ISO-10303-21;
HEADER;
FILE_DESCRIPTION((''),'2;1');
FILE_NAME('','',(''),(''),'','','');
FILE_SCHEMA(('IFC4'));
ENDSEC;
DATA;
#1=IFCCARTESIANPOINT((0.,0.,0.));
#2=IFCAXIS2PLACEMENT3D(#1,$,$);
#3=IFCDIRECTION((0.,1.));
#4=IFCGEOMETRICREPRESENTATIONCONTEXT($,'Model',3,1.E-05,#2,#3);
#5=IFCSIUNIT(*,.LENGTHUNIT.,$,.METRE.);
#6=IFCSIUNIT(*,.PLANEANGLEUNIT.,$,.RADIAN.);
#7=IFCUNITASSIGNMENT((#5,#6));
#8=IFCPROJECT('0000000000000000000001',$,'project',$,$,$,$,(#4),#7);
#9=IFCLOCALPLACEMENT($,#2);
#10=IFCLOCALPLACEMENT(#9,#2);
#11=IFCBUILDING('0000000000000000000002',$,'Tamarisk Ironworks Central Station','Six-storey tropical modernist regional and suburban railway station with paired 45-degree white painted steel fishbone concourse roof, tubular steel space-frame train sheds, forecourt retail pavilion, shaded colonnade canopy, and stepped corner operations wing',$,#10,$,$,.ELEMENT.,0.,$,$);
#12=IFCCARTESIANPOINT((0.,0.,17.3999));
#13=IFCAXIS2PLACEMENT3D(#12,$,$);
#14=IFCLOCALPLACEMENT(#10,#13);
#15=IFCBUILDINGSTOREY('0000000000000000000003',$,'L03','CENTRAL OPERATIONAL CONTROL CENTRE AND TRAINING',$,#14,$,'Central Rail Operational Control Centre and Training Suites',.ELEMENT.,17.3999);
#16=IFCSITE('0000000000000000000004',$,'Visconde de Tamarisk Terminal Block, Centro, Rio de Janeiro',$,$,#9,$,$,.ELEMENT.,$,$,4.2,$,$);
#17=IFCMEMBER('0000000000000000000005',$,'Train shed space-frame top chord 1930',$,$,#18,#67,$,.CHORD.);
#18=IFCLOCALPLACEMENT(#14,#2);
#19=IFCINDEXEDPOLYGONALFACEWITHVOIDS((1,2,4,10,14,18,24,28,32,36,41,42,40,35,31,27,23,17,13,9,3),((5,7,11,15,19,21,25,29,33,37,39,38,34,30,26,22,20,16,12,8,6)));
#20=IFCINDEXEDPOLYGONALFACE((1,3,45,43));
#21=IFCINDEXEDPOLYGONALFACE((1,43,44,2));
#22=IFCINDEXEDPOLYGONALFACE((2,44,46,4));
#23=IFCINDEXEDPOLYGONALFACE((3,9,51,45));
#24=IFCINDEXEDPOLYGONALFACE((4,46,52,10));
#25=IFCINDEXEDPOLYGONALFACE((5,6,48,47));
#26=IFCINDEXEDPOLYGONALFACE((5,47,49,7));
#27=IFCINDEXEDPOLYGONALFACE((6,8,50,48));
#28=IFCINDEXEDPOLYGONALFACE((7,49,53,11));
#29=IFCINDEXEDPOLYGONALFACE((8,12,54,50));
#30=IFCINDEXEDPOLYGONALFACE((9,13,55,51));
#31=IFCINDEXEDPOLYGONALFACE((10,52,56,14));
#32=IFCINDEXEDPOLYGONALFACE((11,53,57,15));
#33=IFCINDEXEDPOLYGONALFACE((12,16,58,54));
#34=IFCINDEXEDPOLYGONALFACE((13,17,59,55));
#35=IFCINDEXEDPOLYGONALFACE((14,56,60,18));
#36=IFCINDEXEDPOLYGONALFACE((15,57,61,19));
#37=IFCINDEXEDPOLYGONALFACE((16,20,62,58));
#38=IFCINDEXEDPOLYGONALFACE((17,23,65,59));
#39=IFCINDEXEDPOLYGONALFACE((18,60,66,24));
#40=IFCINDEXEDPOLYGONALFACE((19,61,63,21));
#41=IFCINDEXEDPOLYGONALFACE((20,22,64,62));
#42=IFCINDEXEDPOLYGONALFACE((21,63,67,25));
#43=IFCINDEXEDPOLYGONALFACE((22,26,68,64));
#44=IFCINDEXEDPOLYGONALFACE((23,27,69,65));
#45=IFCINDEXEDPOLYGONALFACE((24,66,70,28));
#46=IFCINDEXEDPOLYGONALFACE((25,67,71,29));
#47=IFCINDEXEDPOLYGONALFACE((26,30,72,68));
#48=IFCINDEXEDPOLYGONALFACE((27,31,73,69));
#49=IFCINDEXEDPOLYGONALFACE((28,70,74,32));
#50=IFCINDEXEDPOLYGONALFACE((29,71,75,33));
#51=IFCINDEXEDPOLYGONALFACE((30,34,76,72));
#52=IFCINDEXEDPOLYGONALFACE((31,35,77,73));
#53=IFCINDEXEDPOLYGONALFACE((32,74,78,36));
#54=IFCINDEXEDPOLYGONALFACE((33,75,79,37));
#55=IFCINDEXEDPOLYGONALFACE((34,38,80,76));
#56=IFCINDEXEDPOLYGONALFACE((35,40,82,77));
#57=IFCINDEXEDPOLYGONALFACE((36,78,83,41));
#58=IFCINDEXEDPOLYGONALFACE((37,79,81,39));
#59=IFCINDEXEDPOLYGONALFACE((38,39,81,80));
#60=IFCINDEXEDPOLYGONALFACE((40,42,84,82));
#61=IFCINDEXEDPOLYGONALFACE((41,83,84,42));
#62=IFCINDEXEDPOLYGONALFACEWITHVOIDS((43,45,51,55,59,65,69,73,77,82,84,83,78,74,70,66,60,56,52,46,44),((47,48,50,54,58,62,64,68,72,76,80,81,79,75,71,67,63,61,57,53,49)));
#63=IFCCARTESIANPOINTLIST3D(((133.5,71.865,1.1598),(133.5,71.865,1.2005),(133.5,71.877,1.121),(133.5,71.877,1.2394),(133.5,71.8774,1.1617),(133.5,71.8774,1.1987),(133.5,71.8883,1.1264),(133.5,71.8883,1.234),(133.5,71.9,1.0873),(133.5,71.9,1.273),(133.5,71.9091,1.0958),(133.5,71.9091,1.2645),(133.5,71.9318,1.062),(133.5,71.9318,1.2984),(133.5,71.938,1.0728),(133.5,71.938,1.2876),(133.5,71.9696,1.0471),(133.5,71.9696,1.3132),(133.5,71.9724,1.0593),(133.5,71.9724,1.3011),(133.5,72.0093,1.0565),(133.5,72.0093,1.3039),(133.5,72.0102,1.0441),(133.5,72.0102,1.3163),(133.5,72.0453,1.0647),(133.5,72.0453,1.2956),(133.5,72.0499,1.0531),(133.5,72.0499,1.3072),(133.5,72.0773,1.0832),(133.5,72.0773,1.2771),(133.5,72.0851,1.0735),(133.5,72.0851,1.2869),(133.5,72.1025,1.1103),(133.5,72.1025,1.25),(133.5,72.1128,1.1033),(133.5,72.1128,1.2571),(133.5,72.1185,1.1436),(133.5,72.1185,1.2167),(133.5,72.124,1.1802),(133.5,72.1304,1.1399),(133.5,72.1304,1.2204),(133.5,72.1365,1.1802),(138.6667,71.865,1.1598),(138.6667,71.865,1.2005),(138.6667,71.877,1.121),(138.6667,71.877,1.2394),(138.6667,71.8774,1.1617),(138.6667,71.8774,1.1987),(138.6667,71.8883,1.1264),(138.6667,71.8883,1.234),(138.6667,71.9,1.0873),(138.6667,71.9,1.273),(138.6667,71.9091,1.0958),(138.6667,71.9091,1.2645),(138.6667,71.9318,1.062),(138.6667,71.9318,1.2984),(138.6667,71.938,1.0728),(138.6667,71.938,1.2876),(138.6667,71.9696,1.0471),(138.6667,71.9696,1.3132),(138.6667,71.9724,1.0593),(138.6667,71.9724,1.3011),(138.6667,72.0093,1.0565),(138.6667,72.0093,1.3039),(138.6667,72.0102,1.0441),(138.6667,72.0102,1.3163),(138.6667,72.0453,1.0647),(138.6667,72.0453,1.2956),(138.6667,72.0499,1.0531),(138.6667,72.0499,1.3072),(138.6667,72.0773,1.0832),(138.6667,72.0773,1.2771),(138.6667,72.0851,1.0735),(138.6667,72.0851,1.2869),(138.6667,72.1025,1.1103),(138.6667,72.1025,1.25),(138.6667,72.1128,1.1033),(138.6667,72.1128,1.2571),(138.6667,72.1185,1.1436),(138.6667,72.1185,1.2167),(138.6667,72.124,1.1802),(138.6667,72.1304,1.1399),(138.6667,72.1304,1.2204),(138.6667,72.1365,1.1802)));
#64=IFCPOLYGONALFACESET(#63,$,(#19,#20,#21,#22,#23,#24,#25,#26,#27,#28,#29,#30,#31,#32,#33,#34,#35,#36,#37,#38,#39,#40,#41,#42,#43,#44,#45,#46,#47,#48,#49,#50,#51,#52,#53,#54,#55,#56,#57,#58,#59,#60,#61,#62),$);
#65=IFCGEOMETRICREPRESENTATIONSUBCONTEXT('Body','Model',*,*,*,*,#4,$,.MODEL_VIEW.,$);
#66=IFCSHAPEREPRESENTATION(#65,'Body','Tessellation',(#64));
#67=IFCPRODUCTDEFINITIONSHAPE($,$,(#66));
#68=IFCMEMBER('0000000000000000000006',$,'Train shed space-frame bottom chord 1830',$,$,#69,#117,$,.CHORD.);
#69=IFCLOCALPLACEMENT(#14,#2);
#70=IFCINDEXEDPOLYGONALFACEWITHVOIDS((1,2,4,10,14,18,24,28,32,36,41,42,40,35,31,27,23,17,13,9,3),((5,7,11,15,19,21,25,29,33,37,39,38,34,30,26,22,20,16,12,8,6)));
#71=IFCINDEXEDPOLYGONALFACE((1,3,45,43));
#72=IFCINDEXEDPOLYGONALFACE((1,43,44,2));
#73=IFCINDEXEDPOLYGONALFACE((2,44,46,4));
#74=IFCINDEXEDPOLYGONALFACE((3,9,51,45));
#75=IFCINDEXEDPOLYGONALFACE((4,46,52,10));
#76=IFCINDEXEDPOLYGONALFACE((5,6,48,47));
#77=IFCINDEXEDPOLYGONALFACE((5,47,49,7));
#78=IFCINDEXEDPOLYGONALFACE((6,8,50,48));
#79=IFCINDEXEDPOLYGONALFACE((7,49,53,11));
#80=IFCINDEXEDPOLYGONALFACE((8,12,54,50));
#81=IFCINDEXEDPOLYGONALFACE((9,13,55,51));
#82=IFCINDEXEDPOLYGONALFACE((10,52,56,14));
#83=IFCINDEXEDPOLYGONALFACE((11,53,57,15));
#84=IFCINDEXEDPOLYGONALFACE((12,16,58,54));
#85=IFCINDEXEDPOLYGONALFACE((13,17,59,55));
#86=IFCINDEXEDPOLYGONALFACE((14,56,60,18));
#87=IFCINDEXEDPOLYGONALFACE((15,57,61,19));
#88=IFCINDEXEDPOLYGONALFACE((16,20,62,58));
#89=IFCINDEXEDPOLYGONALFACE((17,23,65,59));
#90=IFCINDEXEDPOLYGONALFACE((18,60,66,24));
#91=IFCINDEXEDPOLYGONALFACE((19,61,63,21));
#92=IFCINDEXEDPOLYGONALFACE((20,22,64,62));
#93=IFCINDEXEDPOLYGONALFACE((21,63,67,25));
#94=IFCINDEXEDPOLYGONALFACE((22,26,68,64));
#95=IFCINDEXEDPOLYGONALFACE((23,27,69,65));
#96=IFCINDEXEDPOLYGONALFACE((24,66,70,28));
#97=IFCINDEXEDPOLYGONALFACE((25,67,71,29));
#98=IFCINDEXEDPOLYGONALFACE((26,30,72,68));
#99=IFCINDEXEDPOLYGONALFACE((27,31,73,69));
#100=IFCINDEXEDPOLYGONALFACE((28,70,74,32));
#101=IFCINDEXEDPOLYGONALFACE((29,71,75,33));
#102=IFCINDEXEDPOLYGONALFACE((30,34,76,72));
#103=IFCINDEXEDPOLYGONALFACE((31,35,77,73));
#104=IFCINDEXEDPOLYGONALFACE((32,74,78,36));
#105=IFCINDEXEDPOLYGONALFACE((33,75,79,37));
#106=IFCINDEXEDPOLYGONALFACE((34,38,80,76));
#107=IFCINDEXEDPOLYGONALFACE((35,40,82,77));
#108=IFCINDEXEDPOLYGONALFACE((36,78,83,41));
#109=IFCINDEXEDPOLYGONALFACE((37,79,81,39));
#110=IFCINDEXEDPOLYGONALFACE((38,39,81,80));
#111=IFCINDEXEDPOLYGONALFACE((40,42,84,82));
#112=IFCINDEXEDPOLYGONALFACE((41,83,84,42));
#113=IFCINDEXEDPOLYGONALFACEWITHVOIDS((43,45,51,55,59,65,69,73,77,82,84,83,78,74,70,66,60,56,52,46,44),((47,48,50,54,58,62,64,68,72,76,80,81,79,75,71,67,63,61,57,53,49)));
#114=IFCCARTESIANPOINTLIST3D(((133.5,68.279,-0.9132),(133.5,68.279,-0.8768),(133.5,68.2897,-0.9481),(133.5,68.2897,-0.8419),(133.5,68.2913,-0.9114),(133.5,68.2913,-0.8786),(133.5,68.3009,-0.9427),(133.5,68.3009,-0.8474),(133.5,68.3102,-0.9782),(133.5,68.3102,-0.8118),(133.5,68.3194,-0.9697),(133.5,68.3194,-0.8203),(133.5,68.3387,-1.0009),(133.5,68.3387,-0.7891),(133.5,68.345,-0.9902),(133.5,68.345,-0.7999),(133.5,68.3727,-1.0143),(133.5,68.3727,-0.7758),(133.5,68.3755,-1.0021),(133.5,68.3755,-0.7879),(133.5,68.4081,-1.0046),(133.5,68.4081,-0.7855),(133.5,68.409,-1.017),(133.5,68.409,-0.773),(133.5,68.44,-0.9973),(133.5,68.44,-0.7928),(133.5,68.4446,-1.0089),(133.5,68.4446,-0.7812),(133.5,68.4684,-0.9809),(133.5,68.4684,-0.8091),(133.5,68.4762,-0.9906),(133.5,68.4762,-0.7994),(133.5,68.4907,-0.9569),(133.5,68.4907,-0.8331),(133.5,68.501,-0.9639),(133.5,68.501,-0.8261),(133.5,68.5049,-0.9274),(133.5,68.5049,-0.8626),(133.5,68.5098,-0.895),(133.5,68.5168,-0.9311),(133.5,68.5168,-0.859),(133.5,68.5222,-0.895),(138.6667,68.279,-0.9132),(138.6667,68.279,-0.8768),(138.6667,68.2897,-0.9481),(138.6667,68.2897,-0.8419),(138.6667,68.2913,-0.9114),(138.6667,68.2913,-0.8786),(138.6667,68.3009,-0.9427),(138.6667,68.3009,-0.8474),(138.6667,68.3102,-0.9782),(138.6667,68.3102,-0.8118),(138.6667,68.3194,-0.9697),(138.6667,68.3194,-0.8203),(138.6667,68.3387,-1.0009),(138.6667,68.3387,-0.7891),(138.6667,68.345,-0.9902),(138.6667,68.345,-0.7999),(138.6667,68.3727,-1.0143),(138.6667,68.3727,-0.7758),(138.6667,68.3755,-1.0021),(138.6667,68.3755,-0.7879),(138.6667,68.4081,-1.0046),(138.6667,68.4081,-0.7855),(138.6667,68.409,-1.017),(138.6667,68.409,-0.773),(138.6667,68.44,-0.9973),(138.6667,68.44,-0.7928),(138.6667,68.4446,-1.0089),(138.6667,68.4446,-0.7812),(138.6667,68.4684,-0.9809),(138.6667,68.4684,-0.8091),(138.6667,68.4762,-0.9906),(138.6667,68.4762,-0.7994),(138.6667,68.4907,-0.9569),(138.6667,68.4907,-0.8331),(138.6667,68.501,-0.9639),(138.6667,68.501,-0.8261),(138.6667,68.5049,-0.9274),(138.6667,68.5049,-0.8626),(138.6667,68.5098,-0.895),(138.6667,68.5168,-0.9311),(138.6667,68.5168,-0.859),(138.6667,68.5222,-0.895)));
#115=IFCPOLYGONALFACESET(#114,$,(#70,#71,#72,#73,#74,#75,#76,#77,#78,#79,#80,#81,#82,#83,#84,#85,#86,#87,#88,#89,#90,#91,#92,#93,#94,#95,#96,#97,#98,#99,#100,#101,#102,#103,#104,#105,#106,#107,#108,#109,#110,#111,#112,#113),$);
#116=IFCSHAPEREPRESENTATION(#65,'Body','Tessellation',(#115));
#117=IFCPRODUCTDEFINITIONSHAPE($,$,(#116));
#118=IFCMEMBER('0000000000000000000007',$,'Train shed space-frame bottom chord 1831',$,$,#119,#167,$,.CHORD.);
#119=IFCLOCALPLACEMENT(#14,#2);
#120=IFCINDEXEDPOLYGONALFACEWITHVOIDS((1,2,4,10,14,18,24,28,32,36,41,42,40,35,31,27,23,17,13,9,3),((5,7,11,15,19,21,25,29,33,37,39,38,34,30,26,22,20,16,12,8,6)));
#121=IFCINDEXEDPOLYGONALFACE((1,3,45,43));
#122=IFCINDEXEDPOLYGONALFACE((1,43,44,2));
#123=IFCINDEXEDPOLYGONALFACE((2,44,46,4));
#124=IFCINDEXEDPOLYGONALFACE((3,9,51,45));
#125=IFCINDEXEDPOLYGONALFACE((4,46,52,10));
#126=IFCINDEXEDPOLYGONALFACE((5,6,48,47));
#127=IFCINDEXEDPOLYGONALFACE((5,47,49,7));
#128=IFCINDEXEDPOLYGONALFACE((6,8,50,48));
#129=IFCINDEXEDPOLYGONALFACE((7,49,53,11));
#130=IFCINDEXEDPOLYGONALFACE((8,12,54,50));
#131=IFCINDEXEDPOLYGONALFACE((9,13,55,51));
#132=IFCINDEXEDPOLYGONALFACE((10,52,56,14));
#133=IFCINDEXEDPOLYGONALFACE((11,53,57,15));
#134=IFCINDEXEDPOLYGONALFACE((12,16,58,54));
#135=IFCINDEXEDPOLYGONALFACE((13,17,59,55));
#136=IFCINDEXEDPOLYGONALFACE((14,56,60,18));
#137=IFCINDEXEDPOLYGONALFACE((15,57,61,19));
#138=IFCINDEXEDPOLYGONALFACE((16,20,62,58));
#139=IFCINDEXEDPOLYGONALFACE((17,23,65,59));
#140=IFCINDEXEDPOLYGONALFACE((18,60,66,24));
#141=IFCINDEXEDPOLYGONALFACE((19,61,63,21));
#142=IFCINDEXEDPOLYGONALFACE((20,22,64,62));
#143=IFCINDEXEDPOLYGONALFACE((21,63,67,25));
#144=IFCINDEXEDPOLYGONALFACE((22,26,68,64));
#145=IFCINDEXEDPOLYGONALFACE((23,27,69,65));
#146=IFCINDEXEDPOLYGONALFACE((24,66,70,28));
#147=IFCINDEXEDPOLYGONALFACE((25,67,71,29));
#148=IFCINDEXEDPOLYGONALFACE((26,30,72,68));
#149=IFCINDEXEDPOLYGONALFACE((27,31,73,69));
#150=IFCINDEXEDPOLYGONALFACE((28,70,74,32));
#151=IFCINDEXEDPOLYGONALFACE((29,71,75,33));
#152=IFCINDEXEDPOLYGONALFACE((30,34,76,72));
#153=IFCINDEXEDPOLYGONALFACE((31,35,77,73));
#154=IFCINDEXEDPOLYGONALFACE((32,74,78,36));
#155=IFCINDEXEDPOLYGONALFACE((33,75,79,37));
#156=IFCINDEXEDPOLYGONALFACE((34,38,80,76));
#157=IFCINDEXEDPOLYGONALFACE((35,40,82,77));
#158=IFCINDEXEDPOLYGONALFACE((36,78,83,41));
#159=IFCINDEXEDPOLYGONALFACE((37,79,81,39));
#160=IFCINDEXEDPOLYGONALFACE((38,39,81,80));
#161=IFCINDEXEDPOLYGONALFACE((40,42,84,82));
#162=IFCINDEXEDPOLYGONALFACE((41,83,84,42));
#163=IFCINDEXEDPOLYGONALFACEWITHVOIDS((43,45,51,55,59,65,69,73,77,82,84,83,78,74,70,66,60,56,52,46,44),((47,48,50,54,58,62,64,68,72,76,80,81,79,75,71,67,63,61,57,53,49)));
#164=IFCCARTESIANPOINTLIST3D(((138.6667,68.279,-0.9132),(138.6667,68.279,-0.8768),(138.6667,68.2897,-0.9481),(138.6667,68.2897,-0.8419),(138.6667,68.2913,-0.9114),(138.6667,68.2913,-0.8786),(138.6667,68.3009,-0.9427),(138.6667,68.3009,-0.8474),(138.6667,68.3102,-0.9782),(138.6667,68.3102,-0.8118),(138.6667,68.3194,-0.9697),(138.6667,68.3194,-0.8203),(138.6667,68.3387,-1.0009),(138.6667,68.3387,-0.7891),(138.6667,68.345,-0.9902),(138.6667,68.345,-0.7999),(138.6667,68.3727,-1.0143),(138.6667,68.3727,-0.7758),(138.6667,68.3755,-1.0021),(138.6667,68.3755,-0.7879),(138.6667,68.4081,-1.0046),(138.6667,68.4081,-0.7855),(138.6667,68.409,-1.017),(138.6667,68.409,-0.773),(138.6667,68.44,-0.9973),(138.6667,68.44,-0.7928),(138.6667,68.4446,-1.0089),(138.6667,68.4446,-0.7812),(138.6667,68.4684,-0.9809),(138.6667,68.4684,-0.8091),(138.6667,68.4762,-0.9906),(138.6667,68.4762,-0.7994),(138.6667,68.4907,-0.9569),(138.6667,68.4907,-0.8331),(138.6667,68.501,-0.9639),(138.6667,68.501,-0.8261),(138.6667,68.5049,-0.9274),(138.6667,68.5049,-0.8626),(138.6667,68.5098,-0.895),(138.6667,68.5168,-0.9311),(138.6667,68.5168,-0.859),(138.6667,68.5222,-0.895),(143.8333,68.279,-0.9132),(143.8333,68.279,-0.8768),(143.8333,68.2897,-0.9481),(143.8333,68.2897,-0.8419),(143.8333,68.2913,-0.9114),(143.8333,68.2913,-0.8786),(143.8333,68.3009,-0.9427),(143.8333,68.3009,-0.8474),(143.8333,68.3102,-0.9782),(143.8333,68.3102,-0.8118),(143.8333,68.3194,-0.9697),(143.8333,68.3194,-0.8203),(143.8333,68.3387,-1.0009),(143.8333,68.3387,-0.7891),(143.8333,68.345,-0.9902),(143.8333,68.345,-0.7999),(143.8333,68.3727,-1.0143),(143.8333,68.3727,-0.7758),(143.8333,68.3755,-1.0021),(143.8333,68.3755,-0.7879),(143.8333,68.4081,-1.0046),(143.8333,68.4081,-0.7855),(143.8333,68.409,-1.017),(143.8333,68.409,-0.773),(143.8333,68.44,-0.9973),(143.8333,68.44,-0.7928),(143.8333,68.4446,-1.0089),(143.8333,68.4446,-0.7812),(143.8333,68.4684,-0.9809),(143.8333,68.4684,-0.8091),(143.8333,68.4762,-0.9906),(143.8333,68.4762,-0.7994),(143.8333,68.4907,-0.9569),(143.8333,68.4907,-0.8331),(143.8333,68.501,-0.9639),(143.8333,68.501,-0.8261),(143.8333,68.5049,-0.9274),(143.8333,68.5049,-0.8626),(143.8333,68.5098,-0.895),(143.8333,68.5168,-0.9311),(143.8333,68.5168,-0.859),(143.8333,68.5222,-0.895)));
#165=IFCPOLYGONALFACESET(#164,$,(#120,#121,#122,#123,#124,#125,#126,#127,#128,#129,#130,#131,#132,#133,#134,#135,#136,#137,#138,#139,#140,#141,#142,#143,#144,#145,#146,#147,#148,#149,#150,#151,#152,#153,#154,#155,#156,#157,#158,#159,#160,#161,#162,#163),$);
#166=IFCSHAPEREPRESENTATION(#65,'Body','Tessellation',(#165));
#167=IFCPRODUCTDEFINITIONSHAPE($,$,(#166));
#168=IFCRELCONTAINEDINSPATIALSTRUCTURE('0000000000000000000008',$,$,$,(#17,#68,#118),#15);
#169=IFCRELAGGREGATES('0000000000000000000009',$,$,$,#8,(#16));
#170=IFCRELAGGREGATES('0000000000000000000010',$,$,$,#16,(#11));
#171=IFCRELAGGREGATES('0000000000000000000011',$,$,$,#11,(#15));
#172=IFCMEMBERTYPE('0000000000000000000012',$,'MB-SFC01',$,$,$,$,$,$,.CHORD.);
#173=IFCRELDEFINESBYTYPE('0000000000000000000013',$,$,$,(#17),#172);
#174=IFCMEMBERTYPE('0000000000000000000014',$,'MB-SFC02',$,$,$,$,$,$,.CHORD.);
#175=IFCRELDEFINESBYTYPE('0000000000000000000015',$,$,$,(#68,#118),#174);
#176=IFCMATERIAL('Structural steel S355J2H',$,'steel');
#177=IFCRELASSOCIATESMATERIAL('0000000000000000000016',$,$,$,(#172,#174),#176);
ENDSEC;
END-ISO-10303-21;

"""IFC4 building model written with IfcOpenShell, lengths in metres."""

from ifc_helpers import new_model, si_unit, direction, frame, origin, origin_2d, place, context, subcontext, project, spatial, hollow_circle, extrude, material, material_profile, profile_set, type_object, element, save


model = new_model("IFC4")

# Units and contexts
model_context = context("Model", 3, precision=1e-05, world=origin(), true_north=direction((0.0, 1.0)))
body_context = subcontext(model_context, "Body", "Model", "MODEL_VIEW")
ifc_project = project(units=[si_unit("LENGTHUNIT", "METRE"), si_unit("PLANEANGLEUNIT", "RADIAN")], contexts=[model_context])

# Site, building, storey
site_placement = place(None, origin())
site = spatial("IfcSite", under=ifc_project, at=site_placement, Name="Visconde de Tamarisk Terminal Block, Centro, Rio de Janeiro", CompositionType="ELEMENT", RefElevation=4.2)
building_placement = place(site_placement, origin())
building = spatial("IfcBuilding", under=site, at=building_placement, Name="Tamarisk Ironworks Central Station", Description="Six-storey tropical modernist regional and suburban railway station with paired 45-degree white painted steel fishbone concourse roof, tubular steel space-frame train sheds, forecourt retail pavilion, shaded colonnade canopy, and stepped corner operations wing", CompositionType="ELEMENT", ElevationOfRefHeight=0.0)
storey_placement = place(building_placement, frame((0.0, 0.0, 17.3999)))
storey = spatial("IfcBuildingStorey", under=building, at=storey_placement, Name="L03", Description="CENTRAL OPERATIONAL CONTROL CENTRE AND TRAINING", LongName="Central Rail Operational Control Centre and Training Suites", CompositionType="ELEMENT", Elevation=17.3999)

# Members
ifc_material = material(Name="Structural steel S355J2H", Category="steel")
ifc_material_profile_1 = material_profile(ifc_material, hollow_circle(Radius=0.1365, WallThickness=0.0125, at=origin_2d()), Name="CHS 273x12.5")
ifc_profile_set_1 = profile_set([ifc_material_profile_1], Name="Structural steel S355J2H")
member_type_1 = type_object("IfcMemberType", Name="MB-SFC01", PredefinedType="CHORD", material=ifc_profile_set_1)
member_1_placement = place(storey_placement, frame((133.5, 72.0, 1.1802), z_axis=(1.0, 0.0, 0.0), x_axis=(0.0, 1.0, 0.0)))
element("IfcMember", 1, at=member_1_placement, inside=storey, type_object=member_type_1, Name="Train shed space-frame top chord 1930", PredefinedType="CHORD", context=body_context, shape_type="SweptSolid", body=[
    extrude(hollow_circle(Radius=0.1365, WallThickness=0.0125, at=origin_2d()), origin(), (0.0, 0.0, 1.0), 5.1667),
])
ifc_material_profile_2 = material_profile(ifc_material, hollow_circle(Radius=0.1223, WallThickness=0.0125, at=origin_2d()), Name="CHS 244.5x12.5")
ifc_profile_set_2 = profile_set([ifc_material_profile_2], Name="Structural steel S355J2H")
member_type_2 = type_object("IfcMemberType", Name="MB-SFC02", PredefinedType="CHORD", material=ifc_profile_set_2)
member_2_placement = place(storey_placement, frame((133.5, 68.3999, -0.895), z_axis=(1.0, 0.0, 0.0), x_axis=(0.0, 1.0, 0.0)))
element("IfcMember", 2, at=member_2_placement, inside=storey, type_object=member_type_2, Name="Train shed space-frame bottom chord 1830", PredefinedType="CHORD", context=body_context, shape_type="SweptSolid", body=[
    extrude(hollow_circle(Radius=0.1223, WallThickness=0.0125, at=origin_2d()), origin(), (0.0, 0.0, 1.0), 5.1667),
])
member_3_placement = place(storey_placement, frame((138.6667, 68.3999, -0.895), z_axis=(1.0, 0.0, 0.0), x_axis=(0.0, 1.0, 0.0)))
element("IfcMember", 3, at=member_3_placement, inside=storey, type_object=member_type_2, Name="Train shed space-frame bottom chord 1831", PredefinedType="CHORD", context=body_context, shape_type="SweptSolid", body=[
    extrude(hollow_circle(Radius=0.1223, WallThickness=0.0125, at=origin_2d()), origin(), (0.0, 0.0, 1.0), 5.1665),
])

save(model, "model.ifc")
